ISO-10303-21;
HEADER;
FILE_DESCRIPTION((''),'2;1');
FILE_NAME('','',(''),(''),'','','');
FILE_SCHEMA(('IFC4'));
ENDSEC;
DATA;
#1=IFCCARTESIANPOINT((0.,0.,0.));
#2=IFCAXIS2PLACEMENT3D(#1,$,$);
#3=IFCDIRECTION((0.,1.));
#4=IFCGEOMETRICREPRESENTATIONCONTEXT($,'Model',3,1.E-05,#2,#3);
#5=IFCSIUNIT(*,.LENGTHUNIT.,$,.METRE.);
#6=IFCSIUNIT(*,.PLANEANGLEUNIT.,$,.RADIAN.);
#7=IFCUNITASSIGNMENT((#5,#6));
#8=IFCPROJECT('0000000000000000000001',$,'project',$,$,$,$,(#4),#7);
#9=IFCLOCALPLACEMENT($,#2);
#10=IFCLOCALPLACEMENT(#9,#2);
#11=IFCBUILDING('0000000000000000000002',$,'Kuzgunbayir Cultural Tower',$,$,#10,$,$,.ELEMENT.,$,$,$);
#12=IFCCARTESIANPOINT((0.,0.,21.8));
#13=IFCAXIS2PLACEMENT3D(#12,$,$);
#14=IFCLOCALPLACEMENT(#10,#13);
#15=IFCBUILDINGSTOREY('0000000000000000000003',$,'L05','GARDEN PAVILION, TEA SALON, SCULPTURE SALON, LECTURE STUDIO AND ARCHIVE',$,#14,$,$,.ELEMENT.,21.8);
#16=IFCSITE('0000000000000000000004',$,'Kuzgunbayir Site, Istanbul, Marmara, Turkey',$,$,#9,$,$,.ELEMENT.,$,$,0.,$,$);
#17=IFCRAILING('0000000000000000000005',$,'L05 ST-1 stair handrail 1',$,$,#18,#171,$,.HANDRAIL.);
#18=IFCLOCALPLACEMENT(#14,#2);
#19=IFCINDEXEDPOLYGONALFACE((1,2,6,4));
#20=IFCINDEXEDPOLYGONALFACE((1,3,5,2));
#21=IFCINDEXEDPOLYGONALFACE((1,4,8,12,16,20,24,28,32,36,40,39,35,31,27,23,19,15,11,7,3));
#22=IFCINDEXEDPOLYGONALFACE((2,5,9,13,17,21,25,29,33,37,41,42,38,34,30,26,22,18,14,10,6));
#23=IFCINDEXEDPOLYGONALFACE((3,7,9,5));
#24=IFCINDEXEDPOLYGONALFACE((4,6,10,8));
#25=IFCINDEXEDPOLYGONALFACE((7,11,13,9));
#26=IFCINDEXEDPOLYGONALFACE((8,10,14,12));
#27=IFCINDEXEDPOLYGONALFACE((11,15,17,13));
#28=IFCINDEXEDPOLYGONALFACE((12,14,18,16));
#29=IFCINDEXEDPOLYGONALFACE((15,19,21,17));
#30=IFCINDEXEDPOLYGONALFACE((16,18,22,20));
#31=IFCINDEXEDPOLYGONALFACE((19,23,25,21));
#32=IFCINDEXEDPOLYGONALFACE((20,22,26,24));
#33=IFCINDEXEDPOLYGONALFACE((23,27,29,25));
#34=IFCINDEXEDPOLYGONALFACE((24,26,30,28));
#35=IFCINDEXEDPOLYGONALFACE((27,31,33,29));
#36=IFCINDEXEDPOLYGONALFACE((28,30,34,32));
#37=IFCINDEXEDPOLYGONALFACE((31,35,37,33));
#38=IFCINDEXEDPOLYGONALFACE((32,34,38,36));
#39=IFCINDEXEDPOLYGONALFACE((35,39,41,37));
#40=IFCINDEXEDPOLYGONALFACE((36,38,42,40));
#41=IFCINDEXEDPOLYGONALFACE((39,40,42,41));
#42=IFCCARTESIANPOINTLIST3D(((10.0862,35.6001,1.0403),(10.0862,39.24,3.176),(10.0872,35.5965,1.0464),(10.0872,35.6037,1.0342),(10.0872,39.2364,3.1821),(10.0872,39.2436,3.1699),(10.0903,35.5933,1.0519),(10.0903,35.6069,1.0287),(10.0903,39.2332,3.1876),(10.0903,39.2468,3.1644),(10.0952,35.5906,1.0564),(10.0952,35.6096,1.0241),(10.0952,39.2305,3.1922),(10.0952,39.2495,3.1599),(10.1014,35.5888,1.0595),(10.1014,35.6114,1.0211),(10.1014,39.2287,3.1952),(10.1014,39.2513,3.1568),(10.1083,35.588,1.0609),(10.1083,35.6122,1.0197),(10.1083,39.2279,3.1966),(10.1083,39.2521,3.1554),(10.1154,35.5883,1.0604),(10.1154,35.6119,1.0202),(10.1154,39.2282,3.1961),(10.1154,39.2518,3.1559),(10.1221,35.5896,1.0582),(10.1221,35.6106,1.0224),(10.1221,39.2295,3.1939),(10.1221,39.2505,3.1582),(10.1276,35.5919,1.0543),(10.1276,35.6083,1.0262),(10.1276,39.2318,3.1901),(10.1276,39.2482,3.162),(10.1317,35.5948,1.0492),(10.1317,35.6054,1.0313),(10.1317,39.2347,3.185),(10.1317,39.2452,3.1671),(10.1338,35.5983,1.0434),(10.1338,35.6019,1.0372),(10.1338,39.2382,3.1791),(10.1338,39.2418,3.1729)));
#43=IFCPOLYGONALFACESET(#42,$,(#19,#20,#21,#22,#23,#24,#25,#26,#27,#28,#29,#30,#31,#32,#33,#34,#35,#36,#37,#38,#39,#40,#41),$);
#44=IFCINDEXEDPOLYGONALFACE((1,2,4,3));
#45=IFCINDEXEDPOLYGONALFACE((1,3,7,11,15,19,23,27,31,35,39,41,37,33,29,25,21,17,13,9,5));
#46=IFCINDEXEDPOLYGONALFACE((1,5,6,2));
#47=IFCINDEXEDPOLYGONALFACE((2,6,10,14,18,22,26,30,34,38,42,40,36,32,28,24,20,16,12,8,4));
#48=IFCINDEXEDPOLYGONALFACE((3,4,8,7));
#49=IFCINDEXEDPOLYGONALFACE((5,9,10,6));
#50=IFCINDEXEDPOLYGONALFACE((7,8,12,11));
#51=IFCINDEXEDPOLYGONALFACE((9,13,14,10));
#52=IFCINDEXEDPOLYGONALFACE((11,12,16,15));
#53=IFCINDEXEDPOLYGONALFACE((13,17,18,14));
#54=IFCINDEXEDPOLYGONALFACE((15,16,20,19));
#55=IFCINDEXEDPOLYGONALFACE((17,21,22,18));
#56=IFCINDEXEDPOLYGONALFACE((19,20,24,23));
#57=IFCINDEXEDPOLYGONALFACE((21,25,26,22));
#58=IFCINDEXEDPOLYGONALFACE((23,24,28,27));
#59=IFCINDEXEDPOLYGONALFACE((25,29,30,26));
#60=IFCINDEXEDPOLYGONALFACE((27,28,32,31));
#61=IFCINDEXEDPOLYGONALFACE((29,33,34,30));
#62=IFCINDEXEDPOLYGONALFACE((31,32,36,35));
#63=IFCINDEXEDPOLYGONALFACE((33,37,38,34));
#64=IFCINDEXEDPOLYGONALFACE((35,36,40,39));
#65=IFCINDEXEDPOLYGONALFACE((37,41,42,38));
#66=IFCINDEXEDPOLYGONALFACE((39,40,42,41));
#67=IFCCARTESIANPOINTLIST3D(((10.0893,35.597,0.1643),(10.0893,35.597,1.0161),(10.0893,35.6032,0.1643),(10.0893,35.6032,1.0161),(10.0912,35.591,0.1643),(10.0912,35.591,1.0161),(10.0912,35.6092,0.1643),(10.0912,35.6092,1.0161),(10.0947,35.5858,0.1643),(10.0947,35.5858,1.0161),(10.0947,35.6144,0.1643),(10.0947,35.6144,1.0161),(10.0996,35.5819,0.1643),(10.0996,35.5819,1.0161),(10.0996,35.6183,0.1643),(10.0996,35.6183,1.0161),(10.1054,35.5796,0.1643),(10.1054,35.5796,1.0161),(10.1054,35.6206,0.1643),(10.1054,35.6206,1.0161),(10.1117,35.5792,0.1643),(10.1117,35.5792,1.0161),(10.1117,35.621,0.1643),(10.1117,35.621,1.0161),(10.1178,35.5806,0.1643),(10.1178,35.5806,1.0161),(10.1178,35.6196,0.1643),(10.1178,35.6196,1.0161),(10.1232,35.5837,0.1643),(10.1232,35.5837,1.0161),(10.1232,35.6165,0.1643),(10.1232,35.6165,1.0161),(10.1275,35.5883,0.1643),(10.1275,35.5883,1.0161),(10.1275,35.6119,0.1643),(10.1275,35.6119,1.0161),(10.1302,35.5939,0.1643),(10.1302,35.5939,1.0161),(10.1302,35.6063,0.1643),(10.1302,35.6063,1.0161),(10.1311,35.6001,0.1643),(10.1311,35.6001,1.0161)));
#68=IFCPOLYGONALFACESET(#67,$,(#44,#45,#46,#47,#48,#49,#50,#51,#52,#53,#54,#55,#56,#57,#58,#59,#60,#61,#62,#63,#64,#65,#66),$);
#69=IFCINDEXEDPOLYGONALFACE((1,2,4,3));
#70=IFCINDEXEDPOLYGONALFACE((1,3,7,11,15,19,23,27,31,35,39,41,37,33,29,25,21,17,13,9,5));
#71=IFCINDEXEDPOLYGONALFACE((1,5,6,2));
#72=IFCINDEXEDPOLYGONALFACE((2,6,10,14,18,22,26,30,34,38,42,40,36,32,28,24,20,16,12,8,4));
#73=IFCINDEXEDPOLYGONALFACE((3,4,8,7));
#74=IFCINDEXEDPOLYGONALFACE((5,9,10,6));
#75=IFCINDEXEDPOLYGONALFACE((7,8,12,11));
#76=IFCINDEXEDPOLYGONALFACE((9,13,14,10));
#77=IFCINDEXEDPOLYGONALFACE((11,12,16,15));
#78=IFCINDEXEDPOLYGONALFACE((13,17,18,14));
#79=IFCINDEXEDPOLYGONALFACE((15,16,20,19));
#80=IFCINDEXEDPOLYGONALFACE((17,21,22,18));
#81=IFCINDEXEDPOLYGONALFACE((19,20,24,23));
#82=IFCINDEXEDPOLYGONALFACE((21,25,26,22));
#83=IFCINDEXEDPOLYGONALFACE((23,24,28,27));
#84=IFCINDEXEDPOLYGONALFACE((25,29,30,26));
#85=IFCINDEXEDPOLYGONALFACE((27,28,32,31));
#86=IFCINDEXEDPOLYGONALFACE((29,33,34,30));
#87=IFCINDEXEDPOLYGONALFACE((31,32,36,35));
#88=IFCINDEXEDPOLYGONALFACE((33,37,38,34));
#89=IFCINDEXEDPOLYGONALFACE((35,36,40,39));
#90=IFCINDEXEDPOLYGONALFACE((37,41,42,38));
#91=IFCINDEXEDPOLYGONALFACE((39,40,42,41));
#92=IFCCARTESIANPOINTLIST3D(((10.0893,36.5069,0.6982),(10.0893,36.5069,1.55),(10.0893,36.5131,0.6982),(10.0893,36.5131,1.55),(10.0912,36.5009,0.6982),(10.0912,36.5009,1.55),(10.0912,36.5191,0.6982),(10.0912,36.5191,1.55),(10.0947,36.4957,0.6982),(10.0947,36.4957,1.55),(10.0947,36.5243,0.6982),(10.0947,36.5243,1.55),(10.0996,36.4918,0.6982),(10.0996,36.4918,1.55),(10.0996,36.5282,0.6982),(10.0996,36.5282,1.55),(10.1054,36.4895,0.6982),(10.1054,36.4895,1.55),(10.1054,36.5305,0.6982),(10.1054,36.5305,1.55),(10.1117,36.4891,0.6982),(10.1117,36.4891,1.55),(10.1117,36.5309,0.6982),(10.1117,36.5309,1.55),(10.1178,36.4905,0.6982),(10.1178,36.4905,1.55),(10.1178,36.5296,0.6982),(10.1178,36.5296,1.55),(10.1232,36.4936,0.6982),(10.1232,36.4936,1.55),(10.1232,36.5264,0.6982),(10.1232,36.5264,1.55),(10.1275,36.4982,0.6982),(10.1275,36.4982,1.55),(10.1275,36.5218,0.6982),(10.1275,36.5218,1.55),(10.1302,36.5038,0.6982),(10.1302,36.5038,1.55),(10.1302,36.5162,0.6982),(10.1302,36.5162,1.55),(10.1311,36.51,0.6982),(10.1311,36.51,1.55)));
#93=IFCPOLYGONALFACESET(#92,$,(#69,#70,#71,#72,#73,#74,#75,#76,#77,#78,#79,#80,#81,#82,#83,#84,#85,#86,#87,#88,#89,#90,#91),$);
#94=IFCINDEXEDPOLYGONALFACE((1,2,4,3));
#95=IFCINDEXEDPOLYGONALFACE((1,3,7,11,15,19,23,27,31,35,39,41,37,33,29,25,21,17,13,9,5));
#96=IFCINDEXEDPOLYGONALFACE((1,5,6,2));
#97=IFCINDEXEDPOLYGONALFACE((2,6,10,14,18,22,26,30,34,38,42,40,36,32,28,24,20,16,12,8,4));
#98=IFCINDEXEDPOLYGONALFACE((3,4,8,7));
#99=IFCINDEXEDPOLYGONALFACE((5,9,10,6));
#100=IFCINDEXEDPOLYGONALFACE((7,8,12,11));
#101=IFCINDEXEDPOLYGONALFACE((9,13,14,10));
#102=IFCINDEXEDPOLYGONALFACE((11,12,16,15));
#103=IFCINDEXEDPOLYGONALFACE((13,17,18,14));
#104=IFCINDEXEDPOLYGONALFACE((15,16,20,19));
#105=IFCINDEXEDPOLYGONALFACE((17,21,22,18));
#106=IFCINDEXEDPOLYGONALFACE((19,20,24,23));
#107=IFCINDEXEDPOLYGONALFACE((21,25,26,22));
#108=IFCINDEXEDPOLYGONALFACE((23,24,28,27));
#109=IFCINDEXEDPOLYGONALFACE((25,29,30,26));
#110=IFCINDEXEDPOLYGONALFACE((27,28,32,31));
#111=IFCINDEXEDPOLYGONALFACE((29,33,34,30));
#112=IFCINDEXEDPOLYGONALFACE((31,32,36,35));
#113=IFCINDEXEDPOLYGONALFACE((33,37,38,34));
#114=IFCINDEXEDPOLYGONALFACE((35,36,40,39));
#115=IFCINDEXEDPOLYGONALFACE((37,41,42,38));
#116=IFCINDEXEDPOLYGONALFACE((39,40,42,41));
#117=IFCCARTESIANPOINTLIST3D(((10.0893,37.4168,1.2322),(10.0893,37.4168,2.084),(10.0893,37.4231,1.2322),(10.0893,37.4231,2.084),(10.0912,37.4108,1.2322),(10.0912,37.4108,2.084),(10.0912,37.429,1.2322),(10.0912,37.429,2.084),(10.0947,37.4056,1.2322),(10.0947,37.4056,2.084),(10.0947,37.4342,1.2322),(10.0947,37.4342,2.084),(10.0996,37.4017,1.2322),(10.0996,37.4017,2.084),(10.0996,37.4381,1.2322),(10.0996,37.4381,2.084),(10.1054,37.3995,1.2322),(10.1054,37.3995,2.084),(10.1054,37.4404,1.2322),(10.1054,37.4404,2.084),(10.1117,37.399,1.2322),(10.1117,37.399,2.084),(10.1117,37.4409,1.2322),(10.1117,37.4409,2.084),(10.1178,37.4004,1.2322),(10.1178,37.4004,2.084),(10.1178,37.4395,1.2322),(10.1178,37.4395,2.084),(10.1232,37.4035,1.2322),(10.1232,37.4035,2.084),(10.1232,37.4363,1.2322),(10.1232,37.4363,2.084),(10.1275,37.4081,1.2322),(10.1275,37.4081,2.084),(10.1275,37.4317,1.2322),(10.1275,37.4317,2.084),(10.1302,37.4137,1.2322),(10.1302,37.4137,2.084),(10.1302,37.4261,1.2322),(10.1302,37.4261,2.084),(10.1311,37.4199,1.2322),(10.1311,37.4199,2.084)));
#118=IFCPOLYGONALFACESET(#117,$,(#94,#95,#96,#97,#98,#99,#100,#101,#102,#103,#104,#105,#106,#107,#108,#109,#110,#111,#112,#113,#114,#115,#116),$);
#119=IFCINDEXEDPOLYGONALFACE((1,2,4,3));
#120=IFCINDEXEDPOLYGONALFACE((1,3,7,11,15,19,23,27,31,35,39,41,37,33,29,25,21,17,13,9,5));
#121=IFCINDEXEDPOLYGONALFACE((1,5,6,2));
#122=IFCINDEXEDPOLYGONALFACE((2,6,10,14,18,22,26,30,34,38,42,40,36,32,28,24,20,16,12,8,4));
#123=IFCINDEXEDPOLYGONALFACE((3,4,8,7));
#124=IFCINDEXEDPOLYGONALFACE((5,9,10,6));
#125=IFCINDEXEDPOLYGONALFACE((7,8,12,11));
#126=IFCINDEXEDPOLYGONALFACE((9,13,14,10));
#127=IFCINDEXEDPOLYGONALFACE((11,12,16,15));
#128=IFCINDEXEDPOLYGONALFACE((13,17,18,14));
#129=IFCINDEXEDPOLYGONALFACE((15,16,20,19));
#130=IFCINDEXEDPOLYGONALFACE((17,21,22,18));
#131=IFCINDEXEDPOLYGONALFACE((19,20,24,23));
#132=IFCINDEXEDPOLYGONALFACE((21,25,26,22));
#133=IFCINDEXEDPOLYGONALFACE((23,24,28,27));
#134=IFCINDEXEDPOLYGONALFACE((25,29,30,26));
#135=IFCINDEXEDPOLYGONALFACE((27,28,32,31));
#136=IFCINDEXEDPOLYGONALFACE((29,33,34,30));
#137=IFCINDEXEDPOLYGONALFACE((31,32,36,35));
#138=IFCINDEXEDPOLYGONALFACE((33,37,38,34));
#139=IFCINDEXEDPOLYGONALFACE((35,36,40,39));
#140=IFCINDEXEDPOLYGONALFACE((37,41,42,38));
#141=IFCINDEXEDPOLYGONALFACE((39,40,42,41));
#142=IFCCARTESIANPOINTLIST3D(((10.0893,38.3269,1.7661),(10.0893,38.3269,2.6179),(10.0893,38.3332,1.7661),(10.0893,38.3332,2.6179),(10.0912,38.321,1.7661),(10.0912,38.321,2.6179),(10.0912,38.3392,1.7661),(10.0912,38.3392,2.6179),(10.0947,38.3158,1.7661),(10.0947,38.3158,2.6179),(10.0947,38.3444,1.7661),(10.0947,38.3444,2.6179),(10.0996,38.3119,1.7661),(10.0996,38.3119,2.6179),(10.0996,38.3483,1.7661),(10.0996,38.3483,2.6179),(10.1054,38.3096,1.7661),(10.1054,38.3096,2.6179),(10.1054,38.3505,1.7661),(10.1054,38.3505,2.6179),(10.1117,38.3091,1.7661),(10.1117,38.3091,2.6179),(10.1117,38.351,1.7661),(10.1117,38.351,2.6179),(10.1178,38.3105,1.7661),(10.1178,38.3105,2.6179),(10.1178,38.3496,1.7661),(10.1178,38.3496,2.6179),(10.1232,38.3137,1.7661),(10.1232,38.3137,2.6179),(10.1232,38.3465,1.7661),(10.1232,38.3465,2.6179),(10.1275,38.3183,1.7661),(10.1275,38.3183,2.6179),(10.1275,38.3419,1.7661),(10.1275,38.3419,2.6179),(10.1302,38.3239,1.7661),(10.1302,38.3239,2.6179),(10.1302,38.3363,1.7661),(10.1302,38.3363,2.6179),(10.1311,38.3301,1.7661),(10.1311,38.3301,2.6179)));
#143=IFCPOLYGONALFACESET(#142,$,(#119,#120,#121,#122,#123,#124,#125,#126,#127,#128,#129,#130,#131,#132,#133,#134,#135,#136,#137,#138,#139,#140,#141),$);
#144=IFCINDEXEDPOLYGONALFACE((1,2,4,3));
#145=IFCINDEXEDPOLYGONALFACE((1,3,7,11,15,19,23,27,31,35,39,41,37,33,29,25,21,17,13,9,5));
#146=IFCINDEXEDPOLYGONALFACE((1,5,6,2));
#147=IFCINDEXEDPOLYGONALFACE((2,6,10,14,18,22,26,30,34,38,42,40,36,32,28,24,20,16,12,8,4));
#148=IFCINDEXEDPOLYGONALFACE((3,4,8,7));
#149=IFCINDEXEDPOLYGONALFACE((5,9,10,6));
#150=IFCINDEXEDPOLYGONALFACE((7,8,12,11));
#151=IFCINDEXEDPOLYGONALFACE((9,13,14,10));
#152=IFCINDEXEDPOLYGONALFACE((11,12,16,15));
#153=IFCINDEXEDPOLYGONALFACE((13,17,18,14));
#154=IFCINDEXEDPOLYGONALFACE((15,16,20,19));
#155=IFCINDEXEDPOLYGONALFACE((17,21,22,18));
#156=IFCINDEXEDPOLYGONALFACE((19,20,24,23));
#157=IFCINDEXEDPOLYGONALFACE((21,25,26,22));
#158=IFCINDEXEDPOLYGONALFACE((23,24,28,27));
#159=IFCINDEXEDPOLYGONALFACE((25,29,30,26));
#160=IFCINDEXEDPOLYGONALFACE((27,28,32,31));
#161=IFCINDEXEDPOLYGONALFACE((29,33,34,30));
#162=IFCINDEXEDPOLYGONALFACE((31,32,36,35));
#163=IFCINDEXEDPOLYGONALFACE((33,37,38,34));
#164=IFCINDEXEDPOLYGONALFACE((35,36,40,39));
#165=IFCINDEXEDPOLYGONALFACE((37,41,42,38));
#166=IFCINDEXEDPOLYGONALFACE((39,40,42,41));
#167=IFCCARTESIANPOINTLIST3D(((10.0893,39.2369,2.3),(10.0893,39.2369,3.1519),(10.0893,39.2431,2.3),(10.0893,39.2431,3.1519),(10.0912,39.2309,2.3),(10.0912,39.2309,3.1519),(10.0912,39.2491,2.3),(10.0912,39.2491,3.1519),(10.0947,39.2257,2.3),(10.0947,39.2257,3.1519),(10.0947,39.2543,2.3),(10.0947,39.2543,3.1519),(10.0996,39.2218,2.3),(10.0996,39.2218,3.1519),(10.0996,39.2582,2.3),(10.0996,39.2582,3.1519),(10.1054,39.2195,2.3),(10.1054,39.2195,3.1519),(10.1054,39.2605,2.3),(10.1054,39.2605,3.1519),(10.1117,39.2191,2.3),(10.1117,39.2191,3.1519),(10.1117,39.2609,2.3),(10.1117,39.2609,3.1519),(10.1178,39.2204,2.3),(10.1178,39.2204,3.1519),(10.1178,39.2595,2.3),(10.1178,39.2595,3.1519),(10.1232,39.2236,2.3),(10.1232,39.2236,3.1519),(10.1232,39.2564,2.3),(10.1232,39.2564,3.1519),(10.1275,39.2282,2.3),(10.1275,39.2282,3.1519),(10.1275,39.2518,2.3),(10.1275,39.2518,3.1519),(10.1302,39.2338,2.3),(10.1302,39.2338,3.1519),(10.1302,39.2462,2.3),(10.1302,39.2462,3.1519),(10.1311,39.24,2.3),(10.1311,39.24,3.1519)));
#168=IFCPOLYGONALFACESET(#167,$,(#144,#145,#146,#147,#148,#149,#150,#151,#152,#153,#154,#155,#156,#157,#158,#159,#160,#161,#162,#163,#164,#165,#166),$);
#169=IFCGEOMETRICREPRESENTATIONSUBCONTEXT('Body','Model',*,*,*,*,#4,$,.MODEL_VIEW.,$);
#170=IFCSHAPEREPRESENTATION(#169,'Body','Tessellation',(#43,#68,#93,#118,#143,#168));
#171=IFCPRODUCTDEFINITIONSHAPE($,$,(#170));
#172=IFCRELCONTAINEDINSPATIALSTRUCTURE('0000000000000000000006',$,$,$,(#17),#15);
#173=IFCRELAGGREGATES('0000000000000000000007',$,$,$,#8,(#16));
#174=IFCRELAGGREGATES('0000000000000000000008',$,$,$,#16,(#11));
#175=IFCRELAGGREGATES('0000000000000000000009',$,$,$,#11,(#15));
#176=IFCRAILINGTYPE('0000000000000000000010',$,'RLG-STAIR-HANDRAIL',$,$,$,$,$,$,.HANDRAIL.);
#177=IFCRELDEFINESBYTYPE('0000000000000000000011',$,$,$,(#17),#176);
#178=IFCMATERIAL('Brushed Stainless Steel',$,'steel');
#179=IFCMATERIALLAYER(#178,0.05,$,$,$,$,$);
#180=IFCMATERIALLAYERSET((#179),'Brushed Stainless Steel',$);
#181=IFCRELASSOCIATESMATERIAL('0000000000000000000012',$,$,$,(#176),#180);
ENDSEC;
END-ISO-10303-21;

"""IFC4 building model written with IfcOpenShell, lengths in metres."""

from ifc_helpers import new_model, si_unit, direction, frame, origin, origin_2d, place, context, subcontext, project, spatial, circle, extrude, material, layer, layer_set, type_object, element, save


model = new_model("IFC4")

# Units and contexts
model_context = context("Model", 3, precision=1e-05, world=origin(), true_north=direction((0.0, 1.0)))
body_context = subcontext(model_context, "Body", "Model", "MODEL_VIEW")
ifc_project = project(units=[si_unit("LENGTHUNIT", "METRE"), si_unit("PLANEANGLEUNIT", "RADIAN")], contexts=[model_context])

# Site, building, storey
site_placement = place(None, origin())
site = spatial("IfcSite", under=ifc_project, at=site_placement, Name="Kuzgunbayir Site, Istanbul, Marmara, Turkey", CompositionType="ELEMENT", RefElevation=0.0)
building_placement = place(site_placement, origin())
building = spatial("IfcBuilding", under=site, at=building_placement, Name="Kuzgunbayir Cultural Tower", CompositionType="ELEMENT")
storey_placement = place(building_placement, frame((0.0, 0.0, 21.8)))
storey = spatial("IfcBuildingStorey", under=building, at=storey_placement, Name="L05", Description="GARDEN PAVILION, TEA SALON, SCULPTURE SALON, LECTURE STUDIO AND ARCHIVE", CompositionType="ELEMENT", Elevation=21.8)

# Shared definitions
ifc_material_1 = material(Name="Brushed Stainless Steel", Category="steel")

# Railing
ifc_layer_1 = layer(ifc_material_1, 0.05)
ifc_layer_set_1 = layer_set([ifc_layer_1], Name="Brushed Stainless Steel")
railing_type_1 = type_object("IfcRailingType", Name="RLG-STAIR-HANDRAIL", PredefinedType="HANDRAIL", material=ifc_layer_set_1)
railing_1_placement = place(storey_placement, frame((10.1101, 35.6001, 0.1643)))
element("IfcRailing", 1, at=railing_1_placement, inside=storey, type_object=railing_type_1, Name="L05 ST-1 stair handrail 1", PredefinedType="HANDRAIL", context=body_context, shape_type="SweptSolid", body=[
    extrude(circle(Radius=0.0239, at=origin_2d()), frame((0.0, 0.0, 0.876), z_axis=(0.0, 0.86249, 0.506074), x_axis=(-1.0, 0.0, 0.0)), (0.0, 0.0, 1.0), 4.2202),
    extrude(circle(Radius=0.021, at=origin_2d()), origin(), (0.0, 0.0, 1.0), 0.8518),
    extrude(circle(Radius=0.021, at=origin_2d()), frame((0.0, 0.9099, 0.5339)), (0.0, 0.0, 1.0), 0.8518),
    extrude(circle(Radius=0.021, at=origin_2d()), frame((0.0, 1.8198, 1.0679)), (0.0, 0.0, 1.0), 0.8518),
    extrude(circle(Radius=0.021, at=origin_2d()), frame((0.0, 2.73, 1.6018)), (0.0, 0.0, 1.0), 0.8518),
    extrude(circle(Radius=0.021, at=origin_2d()), frame((0.0, 3.6399, 2.1357)), (0.0, 0.0, 1.0), 0.8518),
])

save(model, "model.ifc")
